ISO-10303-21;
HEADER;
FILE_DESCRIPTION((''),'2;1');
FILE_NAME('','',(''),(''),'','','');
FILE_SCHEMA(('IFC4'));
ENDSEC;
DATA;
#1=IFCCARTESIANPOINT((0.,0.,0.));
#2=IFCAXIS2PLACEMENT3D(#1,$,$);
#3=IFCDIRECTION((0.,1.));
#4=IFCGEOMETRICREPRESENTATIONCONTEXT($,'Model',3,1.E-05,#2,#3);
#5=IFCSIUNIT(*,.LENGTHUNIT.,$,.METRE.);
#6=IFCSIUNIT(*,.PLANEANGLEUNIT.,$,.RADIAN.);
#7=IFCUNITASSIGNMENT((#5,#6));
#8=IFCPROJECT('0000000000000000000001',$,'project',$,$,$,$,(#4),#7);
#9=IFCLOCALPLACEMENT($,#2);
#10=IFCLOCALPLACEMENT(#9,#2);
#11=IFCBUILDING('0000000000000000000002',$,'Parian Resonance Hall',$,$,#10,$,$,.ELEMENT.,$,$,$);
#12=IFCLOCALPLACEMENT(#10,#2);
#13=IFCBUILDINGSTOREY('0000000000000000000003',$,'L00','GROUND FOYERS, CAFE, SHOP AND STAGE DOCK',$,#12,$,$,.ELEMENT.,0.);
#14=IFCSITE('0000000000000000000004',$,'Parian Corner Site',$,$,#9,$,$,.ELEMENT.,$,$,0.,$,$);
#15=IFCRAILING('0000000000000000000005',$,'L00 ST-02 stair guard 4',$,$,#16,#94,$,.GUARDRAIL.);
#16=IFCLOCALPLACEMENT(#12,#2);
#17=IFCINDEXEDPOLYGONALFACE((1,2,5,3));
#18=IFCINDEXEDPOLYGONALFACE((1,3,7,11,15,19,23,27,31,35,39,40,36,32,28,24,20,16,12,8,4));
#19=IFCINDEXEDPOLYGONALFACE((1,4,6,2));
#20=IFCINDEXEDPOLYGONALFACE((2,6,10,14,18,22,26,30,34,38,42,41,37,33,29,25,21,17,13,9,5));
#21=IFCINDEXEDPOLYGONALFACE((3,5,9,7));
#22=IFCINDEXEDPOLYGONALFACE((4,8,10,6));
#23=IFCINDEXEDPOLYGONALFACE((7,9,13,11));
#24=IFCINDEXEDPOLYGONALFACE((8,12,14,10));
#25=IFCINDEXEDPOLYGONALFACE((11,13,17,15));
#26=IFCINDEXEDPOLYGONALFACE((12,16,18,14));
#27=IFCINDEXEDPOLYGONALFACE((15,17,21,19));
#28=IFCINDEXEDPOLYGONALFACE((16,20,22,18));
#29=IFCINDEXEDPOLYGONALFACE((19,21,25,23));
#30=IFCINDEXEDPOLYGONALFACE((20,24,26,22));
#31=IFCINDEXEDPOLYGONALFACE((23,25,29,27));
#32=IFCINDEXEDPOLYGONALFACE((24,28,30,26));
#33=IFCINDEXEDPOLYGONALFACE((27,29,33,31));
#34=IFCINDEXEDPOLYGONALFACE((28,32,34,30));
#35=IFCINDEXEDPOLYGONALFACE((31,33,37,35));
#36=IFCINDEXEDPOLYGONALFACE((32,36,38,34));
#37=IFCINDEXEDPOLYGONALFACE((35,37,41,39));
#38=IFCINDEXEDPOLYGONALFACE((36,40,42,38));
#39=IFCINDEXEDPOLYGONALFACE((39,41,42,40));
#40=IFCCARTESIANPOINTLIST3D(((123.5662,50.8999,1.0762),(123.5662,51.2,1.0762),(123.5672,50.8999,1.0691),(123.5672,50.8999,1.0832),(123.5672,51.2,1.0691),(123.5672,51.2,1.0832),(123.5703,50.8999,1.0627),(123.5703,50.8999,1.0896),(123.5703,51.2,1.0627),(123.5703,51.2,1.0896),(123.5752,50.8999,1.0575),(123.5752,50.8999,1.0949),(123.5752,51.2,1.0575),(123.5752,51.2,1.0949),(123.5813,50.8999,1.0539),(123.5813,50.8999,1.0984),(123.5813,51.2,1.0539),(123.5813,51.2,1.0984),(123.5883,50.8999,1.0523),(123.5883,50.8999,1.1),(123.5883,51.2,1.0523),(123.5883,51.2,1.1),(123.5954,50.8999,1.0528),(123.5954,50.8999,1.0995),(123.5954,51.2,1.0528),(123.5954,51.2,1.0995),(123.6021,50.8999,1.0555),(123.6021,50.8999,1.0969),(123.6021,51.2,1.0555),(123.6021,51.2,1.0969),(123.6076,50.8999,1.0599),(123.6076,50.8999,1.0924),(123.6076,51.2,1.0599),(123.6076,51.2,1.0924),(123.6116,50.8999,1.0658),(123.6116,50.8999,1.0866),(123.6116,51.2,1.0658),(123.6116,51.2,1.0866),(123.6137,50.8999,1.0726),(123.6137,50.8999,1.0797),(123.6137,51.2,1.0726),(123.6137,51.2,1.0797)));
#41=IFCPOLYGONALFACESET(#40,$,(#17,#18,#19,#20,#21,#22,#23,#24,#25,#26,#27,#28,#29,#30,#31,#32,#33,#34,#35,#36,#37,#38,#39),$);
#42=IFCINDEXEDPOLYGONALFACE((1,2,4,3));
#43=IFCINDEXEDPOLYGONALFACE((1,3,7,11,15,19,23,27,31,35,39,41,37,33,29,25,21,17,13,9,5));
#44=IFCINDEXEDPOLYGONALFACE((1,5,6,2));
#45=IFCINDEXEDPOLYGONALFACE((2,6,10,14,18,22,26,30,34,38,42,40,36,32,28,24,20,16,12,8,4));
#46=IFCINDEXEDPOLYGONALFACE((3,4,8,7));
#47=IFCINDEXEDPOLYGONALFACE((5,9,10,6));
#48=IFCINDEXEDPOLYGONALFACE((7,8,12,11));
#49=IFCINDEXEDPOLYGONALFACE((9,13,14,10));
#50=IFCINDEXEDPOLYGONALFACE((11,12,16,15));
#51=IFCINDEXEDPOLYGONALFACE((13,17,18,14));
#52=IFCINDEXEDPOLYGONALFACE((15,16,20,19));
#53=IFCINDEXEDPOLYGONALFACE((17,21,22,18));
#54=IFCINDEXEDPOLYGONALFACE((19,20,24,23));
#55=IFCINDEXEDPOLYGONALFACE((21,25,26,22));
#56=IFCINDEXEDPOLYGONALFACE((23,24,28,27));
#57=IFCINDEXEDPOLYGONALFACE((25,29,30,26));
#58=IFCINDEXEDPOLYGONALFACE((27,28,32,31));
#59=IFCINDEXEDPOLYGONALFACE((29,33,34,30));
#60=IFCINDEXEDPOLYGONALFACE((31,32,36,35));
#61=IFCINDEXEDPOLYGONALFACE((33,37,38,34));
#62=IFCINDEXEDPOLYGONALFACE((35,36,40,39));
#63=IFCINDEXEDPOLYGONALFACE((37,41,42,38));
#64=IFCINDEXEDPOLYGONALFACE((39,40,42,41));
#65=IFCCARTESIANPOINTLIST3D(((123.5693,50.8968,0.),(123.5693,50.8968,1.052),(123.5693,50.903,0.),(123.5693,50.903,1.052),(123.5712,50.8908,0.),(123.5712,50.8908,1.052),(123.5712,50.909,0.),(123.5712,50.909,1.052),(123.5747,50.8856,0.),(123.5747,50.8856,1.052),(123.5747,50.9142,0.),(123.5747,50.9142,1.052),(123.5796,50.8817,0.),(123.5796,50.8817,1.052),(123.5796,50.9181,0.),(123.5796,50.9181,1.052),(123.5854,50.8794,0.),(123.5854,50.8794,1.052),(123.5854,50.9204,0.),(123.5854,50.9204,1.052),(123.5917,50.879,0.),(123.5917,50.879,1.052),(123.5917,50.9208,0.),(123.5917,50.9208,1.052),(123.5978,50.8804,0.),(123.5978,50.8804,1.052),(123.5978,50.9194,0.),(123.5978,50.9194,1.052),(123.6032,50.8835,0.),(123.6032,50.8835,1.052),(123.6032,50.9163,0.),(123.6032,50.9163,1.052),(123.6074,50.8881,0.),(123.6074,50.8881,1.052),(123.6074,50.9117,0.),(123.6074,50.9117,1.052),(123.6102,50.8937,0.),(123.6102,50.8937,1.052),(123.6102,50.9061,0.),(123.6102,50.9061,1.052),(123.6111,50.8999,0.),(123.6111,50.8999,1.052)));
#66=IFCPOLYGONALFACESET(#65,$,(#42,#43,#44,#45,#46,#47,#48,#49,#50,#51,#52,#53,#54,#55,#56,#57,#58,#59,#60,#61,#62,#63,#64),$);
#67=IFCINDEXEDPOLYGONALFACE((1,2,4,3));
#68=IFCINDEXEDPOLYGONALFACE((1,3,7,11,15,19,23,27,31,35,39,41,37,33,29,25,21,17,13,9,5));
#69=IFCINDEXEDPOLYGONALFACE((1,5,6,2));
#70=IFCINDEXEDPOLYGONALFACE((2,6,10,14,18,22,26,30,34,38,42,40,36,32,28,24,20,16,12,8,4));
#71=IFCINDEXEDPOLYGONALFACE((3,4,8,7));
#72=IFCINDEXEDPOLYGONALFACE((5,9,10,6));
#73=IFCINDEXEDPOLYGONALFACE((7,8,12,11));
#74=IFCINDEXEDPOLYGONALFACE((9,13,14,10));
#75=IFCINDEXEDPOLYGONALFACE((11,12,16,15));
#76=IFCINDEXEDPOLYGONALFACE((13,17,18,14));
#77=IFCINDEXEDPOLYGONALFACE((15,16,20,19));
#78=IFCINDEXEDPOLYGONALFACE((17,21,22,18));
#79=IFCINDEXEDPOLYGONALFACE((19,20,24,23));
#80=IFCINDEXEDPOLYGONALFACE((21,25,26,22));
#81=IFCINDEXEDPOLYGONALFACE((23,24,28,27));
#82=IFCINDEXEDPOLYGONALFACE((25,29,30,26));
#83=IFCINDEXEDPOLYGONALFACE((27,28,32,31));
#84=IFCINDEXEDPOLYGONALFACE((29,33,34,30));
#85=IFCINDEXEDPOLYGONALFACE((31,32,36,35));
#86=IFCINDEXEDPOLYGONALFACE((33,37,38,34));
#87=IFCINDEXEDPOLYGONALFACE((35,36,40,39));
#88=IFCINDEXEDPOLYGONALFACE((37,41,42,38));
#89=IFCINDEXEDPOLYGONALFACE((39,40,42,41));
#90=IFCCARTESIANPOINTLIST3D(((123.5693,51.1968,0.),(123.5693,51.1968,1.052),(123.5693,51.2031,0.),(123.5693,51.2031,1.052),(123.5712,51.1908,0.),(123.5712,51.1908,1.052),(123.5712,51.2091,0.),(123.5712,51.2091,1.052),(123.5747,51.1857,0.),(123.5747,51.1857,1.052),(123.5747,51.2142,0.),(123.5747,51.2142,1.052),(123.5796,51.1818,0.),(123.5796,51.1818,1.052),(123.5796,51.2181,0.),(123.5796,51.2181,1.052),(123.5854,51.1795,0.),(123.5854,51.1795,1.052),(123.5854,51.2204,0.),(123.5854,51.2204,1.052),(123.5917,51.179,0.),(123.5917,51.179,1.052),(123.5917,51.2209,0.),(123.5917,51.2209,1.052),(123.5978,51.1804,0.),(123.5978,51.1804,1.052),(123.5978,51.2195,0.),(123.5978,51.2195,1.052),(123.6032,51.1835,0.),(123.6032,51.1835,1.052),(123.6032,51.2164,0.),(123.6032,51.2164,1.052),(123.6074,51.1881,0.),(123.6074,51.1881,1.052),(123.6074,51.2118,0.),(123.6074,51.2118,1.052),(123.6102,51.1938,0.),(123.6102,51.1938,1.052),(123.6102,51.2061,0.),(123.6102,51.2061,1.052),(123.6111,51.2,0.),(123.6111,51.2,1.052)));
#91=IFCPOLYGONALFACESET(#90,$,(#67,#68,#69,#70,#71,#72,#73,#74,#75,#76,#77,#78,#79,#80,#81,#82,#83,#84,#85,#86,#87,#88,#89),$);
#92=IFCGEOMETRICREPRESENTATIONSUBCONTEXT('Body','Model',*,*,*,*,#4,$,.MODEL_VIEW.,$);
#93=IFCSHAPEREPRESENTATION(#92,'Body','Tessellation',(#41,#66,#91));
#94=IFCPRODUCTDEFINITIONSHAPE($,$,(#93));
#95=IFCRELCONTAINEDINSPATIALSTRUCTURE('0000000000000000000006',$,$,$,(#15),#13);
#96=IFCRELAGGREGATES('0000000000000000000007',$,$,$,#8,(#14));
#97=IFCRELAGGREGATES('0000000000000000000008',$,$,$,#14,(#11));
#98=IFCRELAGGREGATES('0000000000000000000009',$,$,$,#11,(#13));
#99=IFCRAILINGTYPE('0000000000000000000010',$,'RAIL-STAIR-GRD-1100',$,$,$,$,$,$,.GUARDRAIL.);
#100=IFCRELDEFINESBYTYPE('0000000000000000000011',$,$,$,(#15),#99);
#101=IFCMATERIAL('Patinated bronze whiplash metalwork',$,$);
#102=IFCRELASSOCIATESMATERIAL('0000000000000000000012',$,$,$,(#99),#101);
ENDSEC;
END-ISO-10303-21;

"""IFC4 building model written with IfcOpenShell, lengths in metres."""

from ifc_helpers import new_model, si_unit, direction, frame, origin, origin_2d, place, context, subcontext, project, spatial, circle, extrude, material, type_object, element, save


model = new_model("IFC4")

# Units and contexts
model_context = context("Model", 3, precision=1e-05, world=origin(), true_north=direction((0.0, 1.0)))
body_context = subcontext(model_context, "Body", "Model", "MODEL_VIEW")
ifc_project = project(units=[si_unit("LENGTHUNIT", "METRE"), si_unit("PLANEANGLEUNIT", "RADIAN")], contexts=[model_context])

# Site, building, storey
site_placement = place(None, origin())
site = spatial("IfcSite", under=ifc_project, at=site_placement, Name="Parian Corner Site", CompositionType="ELEMENT", RefElevation=0.0)
building_placement = place(site_placement, origin())
building = spatial("IfcBuilding", under=site, at=building_placement, Name="Parian Resonance Hall", CompositionType="ELEMENT")
storey_placement = place(building_placement, origin())
storey = spatial("IfcBuildingStorey", under=building, at=storey_placement, Name="L00", Description="GROUND FOYERS, CAFE, SHOP AND STAGE DOCK", CompositionType="ELEMENT", Elevation=0.0)

# Railing
ifc_material_1 = material(Name="Patinated bronze whiplash metalwork")
railing_type_1 = type_object("IfcRailingType", Name="RAIL-STAIR-GRD-1100", PredefinedType="GUARDRAIL", material=ifc_material_1)
railing_1_placement = place(storey_placement, frame((123.5901, 50.8999, 0.0)))
element("IfcRailing", 1, at=railing_1_placement, inside=storey, type_object=railing_type_1, Name="L00 ST-02 stair guard 4", PredefinedType="GUARDRAIL", context=body_context, shape_type="SweptSolid", body=[
    extrude(circle(Radius=0.0239, at=origin_2d()), frame((0.0, 0.0, 1.0762), z_axis=(0.0, 1.0, 0.0), x_axis=(-1.0, 0.0, 0.0)), (0.0, 0.0, 1.0), 0.3),
    extrude(circle(Radius=0.021, at=origin_2d()), origin(), (0.0, 0.0, 1.0), 1.052),
    extrude(circle(Radius=0.021, at=origin_2d()), frame((0.0, 0.3, 0.0)), (0.0, 0.0, 1.0), 1.052),
])

save(model, "model.ifc")
